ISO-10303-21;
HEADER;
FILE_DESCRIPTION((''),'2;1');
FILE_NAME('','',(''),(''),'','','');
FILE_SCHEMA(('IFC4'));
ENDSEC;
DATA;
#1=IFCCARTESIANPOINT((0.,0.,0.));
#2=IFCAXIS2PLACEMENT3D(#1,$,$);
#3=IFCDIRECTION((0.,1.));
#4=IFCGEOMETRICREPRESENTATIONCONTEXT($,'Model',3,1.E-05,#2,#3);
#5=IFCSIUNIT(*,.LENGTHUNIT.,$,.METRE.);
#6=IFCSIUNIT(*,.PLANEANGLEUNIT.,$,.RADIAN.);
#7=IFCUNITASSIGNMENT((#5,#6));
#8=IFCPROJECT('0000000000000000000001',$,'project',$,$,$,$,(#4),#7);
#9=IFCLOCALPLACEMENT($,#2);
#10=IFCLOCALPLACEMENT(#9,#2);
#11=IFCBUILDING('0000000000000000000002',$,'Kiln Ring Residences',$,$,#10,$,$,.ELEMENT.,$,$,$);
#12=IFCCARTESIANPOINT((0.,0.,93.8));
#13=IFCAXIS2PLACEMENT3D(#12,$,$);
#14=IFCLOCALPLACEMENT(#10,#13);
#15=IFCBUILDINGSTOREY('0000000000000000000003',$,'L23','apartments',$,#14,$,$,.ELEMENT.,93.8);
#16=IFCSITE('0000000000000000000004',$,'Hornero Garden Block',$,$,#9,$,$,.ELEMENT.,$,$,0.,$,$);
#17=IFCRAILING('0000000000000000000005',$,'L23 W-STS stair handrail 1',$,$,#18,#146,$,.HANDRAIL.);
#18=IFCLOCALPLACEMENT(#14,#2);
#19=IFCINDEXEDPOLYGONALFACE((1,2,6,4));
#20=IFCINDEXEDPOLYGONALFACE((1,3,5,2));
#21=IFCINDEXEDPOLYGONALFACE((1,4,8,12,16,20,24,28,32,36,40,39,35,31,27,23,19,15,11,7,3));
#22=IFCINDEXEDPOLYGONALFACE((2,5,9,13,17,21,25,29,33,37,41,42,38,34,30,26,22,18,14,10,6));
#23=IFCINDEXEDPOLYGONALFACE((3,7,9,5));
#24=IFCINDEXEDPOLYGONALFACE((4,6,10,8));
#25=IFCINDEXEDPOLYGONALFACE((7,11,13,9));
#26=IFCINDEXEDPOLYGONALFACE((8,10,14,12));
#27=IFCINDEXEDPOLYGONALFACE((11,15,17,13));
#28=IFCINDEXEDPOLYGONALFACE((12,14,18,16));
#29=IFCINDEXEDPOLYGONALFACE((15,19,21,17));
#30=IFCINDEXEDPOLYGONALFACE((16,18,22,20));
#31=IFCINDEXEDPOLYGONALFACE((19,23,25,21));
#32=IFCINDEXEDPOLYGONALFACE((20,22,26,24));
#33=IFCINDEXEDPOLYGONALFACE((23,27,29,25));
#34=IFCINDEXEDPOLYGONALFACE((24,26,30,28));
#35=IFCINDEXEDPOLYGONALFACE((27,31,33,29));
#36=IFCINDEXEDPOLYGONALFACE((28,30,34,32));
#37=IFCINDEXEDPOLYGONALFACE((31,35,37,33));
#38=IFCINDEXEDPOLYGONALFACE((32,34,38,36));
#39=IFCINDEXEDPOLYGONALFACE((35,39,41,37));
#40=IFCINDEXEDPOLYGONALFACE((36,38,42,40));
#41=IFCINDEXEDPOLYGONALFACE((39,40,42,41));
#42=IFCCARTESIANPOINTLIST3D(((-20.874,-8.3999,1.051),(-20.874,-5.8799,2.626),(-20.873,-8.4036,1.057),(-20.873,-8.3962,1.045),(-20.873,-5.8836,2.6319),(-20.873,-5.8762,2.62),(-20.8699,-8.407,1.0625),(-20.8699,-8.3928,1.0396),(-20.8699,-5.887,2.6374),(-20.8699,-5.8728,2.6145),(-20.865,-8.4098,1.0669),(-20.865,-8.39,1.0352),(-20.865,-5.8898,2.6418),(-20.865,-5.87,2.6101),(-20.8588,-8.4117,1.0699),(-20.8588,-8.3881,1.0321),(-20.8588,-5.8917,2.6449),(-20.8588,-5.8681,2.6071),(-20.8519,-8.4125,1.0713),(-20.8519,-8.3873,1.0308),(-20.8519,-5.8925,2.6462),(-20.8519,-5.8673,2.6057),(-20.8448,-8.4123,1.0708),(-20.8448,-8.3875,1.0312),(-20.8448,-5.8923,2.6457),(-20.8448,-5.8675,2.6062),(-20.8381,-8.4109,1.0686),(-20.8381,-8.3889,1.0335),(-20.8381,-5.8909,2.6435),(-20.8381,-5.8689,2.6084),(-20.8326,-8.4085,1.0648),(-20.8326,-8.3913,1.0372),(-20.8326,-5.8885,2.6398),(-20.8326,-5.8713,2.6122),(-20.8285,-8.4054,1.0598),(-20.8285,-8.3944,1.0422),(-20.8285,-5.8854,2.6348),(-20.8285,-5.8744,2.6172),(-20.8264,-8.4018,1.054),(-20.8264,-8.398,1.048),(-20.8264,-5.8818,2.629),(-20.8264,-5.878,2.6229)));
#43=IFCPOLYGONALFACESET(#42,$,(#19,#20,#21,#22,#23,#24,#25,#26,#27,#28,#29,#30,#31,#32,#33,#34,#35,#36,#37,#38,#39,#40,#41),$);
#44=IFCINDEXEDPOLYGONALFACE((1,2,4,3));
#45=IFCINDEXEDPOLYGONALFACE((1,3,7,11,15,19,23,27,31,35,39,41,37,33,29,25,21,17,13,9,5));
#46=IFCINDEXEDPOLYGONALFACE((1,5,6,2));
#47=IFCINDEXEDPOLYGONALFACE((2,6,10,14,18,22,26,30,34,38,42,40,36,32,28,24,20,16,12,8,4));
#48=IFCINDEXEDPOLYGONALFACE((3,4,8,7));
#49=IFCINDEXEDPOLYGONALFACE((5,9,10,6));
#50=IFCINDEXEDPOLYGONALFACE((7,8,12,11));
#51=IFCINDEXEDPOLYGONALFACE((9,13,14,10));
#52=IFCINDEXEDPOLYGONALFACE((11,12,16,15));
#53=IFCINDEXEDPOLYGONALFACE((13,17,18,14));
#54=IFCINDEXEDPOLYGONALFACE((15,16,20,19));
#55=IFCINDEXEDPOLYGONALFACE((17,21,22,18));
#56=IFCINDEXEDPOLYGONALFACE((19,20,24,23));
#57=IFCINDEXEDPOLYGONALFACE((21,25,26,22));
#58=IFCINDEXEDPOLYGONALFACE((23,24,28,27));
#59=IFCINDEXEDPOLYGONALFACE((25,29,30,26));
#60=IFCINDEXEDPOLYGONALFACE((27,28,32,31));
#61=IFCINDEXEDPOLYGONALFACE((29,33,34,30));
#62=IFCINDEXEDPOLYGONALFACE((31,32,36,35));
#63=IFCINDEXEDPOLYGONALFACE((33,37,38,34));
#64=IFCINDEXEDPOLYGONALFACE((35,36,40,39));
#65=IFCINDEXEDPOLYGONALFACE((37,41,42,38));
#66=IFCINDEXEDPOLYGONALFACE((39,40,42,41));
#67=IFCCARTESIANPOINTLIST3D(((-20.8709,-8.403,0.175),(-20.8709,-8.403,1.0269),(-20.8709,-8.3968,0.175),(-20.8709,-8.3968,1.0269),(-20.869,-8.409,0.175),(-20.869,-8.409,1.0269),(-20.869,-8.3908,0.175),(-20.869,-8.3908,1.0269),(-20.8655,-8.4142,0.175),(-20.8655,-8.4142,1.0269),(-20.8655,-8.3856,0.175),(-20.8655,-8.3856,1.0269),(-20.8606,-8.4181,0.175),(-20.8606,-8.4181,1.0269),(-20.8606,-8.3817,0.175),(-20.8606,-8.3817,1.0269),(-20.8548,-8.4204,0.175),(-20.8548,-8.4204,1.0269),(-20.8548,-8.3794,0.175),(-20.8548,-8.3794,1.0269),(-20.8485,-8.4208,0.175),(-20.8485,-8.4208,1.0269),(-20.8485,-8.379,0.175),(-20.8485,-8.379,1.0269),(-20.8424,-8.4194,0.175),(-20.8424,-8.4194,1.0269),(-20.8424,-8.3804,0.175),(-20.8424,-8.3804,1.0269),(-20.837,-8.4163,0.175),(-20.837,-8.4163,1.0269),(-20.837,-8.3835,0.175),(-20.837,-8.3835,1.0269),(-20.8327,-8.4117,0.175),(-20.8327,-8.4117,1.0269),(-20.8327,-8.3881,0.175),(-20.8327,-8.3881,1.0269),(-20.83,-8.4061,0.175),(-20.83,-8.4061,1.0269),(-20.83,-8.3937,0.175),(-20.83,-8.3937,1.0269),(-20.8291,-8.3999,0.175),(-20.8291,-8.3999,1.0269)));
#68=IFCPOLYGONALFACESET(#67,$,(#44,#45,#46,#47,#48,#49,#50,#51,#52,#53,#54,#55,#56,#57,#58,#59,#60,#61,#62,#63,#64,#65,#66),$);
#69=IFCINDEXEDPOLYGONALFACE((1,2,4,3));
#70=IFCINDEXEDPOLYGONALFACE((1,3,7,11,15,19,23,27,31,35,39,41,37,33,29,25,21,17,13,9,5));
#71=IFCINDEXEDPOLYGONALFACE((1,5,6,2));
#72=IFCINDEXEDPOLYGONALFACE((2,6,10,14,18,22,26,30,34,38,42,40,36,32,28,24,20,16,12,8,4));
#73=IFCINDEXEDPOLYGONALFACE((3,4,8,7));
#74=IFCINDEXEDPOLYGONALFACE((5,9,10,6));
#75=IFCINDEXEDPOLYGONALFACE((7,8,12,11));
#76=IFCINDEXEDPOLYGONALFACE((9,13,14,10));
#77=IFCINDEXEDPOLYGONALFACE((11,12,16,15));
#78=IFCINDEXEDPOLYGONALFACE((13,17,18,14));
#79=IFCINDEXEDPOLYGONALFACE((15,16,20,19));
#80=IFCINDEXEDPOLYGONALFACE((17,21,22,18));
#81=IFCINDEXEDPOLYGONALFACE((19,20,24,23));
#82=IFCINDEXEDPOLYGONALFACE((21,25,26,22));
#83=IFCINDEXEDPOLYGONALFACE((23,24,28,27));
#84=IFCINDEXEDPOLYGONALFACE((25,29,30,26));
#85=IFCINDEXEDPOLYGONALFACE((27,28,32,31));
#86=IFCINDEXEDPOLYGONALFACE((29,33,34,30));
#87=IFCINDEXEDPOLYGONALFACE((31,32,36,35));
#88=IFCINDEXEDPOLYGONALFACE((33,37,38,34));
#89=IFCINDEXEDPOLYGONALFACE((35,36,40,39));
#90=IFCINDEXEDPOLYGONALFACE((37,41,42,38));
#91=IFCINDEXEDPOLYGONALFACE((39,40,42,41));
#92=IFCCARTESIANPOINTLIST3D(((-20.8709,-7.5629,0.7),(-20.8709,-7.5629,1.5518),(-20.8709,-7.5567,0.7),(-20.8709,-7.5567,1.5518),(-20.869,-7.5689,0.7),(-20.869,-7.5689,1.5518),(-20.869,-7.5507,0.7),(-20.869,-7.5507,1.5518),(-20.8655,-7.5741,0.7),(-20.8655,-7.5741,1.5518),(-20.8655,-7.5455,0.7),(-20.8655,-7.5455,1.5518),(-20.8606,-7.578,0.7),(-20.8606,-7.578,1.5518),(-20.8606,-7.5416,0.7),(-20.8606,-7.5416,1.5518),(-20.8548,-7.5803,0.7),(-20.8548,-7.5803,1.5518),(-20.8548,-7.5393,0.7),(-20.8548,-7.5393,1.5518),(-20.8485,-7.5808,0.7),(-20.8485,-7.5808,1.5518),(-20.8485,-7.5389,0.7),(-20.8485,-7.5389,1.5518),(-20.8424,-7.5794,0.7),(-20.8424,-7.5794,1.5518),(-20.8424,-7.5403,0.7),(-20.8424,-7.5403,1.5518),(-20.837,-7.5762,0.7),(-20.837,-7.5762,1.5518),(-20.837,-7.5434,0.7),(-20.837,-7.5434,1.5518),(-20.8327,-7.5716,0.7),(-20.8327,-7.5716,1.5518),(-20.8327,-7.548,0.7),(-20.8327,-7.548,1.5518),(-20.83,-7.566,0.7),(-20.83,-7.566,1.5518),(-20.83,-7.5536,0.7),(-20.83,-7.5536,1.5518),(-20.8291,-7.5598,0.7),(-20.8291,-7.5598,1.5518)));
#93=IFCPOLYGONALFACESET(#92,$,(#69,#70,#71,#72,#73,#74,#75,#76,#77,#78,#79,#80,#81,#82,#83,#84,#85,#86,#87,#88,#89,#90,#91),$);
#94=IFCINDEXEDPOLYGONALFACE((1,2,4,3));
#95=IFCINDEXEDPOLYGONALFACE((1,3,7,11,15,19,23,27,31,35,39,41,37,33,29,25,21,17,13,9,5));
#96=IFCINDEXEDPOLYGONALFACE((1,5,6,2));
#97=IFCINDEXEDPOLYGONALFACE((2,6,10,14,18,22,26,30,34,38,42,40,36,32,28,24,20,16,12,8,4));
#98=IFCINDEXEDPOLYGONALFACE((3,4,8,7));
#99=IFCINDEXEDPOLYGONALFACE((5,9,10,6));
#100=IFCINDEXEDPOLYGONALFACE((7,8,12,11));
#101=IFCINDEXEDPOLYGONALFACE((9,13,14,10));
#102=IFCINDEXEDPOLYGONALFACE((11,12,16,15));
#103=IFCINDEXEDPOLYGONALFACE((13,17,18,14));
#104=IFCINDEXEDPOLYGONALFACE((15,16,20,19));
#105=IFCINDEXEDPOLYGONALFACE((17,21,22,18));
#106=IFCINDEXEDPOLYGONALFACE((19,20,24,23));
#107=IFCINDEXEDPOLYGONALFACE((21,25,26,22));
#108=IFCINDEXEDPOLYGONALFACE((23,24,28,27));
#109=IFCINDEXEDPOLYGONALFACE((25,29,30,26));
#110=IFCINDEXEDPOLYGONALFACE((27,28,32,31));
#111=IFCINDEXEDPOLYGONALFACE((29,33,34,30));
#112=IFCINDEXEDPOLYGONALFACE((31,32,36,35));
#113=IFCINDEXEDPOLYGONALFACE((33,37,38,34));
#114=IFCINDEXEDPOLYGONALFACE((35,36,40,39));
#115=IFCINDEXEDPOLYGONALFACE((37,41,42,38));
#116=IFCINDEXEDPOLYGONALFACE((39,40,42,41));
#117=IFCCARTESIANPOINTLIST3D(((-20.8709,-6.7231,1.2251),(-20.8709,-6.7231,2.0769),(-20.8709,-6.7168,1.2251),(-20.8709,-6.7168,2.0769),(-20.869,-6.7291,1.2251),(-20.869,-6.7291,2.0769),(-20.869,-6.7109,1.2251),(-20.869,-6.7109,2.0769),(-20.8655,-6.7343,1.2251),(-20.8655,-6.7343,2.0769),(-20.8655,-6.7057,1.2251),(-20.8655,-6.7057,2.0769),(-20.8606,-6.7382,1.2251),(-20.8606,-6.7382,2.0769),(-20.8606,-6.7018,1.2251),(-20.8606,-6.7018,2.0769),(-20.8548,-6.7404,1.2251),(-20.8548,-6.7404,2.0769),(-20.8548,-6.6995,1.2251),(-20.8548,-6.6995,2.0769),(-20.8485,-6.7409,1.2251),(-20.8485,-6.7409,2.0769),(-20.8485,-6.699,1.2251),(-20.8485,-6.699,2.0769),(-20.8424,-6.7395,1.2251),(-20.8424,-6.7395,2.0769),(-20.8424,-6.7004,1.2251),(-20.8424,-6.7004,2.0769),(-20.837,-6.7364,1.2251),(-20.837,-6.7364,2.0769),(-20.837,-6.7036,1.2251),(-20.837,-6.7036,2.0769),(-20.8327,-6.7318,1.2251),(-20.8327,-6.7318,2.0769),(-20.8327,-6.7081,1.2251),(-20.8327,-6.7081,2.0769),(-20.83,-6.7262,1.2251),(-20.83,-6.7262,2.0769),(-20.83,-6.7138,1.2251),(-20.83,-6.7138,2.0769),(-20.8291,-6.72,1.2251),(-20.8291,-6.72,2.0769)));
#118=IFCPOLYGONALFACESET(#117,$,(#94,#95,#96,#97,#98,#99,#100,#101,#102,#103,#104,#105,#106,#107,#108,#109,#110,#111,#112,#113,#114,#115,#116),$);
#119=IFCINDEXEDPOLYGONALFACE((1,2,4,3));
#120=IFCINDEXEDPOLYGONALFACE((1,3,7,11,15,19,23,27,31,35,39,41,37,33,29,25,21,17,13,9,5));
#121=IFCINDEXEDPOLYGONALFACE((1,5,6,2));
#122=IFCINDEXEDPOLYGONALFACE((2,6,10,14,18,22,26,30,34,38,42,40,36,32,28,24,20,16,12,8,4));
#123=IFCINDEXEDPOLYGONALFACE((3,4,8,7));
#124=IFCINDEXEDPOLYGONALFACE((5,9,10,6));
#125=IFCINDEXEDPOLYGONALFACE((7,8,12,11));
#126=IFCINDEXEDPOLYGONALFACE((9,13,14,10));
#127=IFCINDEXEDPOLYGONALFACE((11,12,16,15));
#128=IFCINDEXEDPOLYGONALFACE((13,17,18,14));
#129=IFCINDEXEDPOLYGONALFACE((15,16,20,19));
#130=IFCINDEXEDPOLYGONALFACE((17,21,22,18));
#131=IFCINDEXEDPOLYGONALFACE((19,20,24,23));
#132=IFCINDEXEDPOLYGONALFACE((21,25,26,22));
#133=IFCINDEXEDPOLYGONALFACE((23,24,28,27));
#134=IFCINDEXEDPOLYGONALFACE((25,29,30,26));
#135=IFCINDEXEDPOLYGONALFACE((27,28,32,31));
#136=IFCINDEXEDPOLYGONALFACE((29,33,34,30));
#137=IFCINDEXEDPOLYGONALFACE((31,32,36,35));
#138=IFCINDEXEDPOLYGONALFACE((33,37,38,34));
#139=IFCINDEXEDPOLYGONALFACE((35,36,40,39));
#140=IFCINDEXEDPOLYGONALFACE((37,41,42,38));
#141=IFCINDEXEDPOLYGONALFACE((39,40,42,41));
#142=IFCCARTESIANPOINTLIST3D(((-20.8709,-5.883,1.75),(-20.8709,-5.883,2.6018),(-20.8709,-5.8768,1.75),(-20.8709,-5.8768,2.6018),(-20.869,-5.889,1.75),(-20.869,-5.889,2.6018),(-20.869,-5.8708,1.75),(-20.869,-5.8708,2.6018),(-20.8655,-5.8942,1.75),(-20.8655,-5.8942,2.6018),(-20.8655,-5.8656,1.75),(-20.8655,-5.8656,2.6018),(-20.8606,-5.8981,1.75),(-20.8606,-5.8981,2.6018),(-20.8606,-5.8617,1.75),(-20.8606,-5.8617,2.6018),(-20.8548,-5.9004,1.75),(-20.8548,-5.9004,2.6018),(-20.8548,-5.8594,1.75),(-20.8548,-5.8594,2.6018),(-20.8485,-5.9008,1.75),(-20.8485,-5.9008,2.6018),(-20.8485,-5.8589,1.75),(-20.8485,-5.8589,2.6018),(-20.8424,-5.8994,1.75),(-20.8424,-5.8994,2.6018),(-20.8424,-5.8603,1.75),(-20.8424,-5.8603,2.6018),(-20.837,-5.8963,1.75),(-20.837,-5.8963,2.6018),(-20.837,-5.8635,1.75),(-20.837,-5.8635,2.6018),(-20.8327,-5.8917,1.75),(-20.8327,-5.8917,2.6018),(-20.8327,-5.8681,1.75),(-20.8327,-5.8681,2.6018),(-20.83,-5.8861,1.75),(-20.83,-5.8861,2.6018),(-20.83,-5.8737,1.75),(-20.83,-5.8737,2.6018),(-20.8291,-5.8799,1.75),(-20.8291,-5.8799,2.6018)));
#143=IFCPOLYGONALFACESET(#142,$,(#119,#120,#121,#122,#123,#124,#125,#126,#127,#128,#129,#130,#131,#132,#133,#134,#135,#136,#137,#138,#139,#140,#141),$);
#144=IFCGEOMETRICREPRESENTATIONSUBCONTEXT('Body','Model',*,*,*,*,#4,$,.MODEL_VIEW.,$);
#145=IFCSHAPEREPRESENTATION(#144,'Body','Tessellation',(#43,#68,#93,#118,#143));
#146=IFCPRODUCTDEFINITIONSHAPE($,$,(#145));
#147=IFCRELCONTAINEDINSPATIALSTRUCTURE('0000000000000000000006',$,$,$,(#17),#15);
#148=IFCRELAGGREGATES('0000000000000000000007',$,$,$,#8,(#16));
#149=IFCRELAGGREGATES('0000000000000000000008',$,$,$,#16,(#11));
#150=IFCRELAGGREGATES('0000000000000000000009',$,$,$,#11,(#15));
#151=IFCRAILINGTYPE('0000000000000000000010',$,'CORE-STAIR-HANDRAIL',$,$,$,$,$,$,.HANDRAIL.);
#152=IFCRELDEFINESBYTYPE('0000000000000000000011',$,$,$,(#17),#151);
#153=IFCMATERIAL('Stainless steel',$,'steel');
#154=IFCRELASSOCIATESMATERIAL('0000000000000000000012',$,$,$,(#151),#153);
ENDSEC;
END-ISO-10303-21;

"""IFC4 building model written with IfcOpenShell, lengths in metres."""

from ifc_helpers import new_model, si_unit, direction, frame, origin, origin_2d, place, context, subcontext, project, spatial, circle, extrude, material, type_object, element, save


model = new_model("IFC4")

# Units and contexts
model_context = context("Model", 3, precision=1e-05, world=origin(), true_north=direction((0.0, 1.0)))
body_context = subcontext(model_context, "Body", "Model", "MODEL_VIEW")
ifc_project = project(units=[si_unit("LENGTHUNIT", "METRE"), si_unit("PLANEANGLEUNIT", "RADIAN")], contexts=[model_context])

# Site, building, storey
site_placement = place(None, origin())
site = spatial("IfcSite", under=ifc_project, at=site_placement, Name="Hornero Garden Block", CompositionType="ELEMENT", RefElevation=0.0)
building_placement = place(site_placement, origin())
building = spatial("IfcBuilding", under=site, at=building_placement, Name="Kiln Ring Residences", CompositionType="ELEMENT")
storey_placement = place(building_placement, frame((0.0, 0.0, 93.8)))
storey = spatial("IfcBuildingStorey", under=building, at=storey_placement, Name="L23", Description="apartments", CompositionType="ELEMENT", Elevation=93.8)

# Railing
ifc_material_1 = material(Name="Stainless steel", Category="steel")
railing_type_1 = type_object("IfcRailingType", Name="CORE-STAIR-HANDRAIL", PredefinedType="HANDRAIL", material=ifc_material_1)
railing_1_placement = place(storey_placement, frame((-20.8501, -8.3999, 0.175)))
element("IfcRailing", 1, at=railing_1_placement, inside=storey, type_object=railing_type_1, Name="L23 W-STS stair handrail 1", PredefinedType="HANDRAIL", context=body_context, shape_type="SweptSolid", body=[
    extrude(circle(Radius=0.0239, at=origin_2d()), frame((0.0, 0.0, 0.876), z_axis=(0.0, 0.848008, 0.529984), x_axis=(-1.0, 0.0, 0.0)), (0.0, 0.0, 1.0), 2.9717),
    extrude(circle(Radius=0.021, at=origin_2d()), origin(), (0.0, 0.0, 1.0), 0.8518),
    extrude(circle(Radius=0.021, at=origin_2d()), frame((0.0, 0.8401, 0.5249)), (0.0, 0.0, 1.0), 0.8518),
    extrude(circle(Radius=0.021, at=origin_2d()), frame((0.0, 1.6799, 1.05)), (0.0, 0.0, 1.0), 0.8518),
    extrude(circle(Radius=0.021, at=origin_2d()), frame((0.0, 2.52, 1.575)), (0.0, 0.0, 1.0), 0.8518),
])

save(model, "model.ifc")
